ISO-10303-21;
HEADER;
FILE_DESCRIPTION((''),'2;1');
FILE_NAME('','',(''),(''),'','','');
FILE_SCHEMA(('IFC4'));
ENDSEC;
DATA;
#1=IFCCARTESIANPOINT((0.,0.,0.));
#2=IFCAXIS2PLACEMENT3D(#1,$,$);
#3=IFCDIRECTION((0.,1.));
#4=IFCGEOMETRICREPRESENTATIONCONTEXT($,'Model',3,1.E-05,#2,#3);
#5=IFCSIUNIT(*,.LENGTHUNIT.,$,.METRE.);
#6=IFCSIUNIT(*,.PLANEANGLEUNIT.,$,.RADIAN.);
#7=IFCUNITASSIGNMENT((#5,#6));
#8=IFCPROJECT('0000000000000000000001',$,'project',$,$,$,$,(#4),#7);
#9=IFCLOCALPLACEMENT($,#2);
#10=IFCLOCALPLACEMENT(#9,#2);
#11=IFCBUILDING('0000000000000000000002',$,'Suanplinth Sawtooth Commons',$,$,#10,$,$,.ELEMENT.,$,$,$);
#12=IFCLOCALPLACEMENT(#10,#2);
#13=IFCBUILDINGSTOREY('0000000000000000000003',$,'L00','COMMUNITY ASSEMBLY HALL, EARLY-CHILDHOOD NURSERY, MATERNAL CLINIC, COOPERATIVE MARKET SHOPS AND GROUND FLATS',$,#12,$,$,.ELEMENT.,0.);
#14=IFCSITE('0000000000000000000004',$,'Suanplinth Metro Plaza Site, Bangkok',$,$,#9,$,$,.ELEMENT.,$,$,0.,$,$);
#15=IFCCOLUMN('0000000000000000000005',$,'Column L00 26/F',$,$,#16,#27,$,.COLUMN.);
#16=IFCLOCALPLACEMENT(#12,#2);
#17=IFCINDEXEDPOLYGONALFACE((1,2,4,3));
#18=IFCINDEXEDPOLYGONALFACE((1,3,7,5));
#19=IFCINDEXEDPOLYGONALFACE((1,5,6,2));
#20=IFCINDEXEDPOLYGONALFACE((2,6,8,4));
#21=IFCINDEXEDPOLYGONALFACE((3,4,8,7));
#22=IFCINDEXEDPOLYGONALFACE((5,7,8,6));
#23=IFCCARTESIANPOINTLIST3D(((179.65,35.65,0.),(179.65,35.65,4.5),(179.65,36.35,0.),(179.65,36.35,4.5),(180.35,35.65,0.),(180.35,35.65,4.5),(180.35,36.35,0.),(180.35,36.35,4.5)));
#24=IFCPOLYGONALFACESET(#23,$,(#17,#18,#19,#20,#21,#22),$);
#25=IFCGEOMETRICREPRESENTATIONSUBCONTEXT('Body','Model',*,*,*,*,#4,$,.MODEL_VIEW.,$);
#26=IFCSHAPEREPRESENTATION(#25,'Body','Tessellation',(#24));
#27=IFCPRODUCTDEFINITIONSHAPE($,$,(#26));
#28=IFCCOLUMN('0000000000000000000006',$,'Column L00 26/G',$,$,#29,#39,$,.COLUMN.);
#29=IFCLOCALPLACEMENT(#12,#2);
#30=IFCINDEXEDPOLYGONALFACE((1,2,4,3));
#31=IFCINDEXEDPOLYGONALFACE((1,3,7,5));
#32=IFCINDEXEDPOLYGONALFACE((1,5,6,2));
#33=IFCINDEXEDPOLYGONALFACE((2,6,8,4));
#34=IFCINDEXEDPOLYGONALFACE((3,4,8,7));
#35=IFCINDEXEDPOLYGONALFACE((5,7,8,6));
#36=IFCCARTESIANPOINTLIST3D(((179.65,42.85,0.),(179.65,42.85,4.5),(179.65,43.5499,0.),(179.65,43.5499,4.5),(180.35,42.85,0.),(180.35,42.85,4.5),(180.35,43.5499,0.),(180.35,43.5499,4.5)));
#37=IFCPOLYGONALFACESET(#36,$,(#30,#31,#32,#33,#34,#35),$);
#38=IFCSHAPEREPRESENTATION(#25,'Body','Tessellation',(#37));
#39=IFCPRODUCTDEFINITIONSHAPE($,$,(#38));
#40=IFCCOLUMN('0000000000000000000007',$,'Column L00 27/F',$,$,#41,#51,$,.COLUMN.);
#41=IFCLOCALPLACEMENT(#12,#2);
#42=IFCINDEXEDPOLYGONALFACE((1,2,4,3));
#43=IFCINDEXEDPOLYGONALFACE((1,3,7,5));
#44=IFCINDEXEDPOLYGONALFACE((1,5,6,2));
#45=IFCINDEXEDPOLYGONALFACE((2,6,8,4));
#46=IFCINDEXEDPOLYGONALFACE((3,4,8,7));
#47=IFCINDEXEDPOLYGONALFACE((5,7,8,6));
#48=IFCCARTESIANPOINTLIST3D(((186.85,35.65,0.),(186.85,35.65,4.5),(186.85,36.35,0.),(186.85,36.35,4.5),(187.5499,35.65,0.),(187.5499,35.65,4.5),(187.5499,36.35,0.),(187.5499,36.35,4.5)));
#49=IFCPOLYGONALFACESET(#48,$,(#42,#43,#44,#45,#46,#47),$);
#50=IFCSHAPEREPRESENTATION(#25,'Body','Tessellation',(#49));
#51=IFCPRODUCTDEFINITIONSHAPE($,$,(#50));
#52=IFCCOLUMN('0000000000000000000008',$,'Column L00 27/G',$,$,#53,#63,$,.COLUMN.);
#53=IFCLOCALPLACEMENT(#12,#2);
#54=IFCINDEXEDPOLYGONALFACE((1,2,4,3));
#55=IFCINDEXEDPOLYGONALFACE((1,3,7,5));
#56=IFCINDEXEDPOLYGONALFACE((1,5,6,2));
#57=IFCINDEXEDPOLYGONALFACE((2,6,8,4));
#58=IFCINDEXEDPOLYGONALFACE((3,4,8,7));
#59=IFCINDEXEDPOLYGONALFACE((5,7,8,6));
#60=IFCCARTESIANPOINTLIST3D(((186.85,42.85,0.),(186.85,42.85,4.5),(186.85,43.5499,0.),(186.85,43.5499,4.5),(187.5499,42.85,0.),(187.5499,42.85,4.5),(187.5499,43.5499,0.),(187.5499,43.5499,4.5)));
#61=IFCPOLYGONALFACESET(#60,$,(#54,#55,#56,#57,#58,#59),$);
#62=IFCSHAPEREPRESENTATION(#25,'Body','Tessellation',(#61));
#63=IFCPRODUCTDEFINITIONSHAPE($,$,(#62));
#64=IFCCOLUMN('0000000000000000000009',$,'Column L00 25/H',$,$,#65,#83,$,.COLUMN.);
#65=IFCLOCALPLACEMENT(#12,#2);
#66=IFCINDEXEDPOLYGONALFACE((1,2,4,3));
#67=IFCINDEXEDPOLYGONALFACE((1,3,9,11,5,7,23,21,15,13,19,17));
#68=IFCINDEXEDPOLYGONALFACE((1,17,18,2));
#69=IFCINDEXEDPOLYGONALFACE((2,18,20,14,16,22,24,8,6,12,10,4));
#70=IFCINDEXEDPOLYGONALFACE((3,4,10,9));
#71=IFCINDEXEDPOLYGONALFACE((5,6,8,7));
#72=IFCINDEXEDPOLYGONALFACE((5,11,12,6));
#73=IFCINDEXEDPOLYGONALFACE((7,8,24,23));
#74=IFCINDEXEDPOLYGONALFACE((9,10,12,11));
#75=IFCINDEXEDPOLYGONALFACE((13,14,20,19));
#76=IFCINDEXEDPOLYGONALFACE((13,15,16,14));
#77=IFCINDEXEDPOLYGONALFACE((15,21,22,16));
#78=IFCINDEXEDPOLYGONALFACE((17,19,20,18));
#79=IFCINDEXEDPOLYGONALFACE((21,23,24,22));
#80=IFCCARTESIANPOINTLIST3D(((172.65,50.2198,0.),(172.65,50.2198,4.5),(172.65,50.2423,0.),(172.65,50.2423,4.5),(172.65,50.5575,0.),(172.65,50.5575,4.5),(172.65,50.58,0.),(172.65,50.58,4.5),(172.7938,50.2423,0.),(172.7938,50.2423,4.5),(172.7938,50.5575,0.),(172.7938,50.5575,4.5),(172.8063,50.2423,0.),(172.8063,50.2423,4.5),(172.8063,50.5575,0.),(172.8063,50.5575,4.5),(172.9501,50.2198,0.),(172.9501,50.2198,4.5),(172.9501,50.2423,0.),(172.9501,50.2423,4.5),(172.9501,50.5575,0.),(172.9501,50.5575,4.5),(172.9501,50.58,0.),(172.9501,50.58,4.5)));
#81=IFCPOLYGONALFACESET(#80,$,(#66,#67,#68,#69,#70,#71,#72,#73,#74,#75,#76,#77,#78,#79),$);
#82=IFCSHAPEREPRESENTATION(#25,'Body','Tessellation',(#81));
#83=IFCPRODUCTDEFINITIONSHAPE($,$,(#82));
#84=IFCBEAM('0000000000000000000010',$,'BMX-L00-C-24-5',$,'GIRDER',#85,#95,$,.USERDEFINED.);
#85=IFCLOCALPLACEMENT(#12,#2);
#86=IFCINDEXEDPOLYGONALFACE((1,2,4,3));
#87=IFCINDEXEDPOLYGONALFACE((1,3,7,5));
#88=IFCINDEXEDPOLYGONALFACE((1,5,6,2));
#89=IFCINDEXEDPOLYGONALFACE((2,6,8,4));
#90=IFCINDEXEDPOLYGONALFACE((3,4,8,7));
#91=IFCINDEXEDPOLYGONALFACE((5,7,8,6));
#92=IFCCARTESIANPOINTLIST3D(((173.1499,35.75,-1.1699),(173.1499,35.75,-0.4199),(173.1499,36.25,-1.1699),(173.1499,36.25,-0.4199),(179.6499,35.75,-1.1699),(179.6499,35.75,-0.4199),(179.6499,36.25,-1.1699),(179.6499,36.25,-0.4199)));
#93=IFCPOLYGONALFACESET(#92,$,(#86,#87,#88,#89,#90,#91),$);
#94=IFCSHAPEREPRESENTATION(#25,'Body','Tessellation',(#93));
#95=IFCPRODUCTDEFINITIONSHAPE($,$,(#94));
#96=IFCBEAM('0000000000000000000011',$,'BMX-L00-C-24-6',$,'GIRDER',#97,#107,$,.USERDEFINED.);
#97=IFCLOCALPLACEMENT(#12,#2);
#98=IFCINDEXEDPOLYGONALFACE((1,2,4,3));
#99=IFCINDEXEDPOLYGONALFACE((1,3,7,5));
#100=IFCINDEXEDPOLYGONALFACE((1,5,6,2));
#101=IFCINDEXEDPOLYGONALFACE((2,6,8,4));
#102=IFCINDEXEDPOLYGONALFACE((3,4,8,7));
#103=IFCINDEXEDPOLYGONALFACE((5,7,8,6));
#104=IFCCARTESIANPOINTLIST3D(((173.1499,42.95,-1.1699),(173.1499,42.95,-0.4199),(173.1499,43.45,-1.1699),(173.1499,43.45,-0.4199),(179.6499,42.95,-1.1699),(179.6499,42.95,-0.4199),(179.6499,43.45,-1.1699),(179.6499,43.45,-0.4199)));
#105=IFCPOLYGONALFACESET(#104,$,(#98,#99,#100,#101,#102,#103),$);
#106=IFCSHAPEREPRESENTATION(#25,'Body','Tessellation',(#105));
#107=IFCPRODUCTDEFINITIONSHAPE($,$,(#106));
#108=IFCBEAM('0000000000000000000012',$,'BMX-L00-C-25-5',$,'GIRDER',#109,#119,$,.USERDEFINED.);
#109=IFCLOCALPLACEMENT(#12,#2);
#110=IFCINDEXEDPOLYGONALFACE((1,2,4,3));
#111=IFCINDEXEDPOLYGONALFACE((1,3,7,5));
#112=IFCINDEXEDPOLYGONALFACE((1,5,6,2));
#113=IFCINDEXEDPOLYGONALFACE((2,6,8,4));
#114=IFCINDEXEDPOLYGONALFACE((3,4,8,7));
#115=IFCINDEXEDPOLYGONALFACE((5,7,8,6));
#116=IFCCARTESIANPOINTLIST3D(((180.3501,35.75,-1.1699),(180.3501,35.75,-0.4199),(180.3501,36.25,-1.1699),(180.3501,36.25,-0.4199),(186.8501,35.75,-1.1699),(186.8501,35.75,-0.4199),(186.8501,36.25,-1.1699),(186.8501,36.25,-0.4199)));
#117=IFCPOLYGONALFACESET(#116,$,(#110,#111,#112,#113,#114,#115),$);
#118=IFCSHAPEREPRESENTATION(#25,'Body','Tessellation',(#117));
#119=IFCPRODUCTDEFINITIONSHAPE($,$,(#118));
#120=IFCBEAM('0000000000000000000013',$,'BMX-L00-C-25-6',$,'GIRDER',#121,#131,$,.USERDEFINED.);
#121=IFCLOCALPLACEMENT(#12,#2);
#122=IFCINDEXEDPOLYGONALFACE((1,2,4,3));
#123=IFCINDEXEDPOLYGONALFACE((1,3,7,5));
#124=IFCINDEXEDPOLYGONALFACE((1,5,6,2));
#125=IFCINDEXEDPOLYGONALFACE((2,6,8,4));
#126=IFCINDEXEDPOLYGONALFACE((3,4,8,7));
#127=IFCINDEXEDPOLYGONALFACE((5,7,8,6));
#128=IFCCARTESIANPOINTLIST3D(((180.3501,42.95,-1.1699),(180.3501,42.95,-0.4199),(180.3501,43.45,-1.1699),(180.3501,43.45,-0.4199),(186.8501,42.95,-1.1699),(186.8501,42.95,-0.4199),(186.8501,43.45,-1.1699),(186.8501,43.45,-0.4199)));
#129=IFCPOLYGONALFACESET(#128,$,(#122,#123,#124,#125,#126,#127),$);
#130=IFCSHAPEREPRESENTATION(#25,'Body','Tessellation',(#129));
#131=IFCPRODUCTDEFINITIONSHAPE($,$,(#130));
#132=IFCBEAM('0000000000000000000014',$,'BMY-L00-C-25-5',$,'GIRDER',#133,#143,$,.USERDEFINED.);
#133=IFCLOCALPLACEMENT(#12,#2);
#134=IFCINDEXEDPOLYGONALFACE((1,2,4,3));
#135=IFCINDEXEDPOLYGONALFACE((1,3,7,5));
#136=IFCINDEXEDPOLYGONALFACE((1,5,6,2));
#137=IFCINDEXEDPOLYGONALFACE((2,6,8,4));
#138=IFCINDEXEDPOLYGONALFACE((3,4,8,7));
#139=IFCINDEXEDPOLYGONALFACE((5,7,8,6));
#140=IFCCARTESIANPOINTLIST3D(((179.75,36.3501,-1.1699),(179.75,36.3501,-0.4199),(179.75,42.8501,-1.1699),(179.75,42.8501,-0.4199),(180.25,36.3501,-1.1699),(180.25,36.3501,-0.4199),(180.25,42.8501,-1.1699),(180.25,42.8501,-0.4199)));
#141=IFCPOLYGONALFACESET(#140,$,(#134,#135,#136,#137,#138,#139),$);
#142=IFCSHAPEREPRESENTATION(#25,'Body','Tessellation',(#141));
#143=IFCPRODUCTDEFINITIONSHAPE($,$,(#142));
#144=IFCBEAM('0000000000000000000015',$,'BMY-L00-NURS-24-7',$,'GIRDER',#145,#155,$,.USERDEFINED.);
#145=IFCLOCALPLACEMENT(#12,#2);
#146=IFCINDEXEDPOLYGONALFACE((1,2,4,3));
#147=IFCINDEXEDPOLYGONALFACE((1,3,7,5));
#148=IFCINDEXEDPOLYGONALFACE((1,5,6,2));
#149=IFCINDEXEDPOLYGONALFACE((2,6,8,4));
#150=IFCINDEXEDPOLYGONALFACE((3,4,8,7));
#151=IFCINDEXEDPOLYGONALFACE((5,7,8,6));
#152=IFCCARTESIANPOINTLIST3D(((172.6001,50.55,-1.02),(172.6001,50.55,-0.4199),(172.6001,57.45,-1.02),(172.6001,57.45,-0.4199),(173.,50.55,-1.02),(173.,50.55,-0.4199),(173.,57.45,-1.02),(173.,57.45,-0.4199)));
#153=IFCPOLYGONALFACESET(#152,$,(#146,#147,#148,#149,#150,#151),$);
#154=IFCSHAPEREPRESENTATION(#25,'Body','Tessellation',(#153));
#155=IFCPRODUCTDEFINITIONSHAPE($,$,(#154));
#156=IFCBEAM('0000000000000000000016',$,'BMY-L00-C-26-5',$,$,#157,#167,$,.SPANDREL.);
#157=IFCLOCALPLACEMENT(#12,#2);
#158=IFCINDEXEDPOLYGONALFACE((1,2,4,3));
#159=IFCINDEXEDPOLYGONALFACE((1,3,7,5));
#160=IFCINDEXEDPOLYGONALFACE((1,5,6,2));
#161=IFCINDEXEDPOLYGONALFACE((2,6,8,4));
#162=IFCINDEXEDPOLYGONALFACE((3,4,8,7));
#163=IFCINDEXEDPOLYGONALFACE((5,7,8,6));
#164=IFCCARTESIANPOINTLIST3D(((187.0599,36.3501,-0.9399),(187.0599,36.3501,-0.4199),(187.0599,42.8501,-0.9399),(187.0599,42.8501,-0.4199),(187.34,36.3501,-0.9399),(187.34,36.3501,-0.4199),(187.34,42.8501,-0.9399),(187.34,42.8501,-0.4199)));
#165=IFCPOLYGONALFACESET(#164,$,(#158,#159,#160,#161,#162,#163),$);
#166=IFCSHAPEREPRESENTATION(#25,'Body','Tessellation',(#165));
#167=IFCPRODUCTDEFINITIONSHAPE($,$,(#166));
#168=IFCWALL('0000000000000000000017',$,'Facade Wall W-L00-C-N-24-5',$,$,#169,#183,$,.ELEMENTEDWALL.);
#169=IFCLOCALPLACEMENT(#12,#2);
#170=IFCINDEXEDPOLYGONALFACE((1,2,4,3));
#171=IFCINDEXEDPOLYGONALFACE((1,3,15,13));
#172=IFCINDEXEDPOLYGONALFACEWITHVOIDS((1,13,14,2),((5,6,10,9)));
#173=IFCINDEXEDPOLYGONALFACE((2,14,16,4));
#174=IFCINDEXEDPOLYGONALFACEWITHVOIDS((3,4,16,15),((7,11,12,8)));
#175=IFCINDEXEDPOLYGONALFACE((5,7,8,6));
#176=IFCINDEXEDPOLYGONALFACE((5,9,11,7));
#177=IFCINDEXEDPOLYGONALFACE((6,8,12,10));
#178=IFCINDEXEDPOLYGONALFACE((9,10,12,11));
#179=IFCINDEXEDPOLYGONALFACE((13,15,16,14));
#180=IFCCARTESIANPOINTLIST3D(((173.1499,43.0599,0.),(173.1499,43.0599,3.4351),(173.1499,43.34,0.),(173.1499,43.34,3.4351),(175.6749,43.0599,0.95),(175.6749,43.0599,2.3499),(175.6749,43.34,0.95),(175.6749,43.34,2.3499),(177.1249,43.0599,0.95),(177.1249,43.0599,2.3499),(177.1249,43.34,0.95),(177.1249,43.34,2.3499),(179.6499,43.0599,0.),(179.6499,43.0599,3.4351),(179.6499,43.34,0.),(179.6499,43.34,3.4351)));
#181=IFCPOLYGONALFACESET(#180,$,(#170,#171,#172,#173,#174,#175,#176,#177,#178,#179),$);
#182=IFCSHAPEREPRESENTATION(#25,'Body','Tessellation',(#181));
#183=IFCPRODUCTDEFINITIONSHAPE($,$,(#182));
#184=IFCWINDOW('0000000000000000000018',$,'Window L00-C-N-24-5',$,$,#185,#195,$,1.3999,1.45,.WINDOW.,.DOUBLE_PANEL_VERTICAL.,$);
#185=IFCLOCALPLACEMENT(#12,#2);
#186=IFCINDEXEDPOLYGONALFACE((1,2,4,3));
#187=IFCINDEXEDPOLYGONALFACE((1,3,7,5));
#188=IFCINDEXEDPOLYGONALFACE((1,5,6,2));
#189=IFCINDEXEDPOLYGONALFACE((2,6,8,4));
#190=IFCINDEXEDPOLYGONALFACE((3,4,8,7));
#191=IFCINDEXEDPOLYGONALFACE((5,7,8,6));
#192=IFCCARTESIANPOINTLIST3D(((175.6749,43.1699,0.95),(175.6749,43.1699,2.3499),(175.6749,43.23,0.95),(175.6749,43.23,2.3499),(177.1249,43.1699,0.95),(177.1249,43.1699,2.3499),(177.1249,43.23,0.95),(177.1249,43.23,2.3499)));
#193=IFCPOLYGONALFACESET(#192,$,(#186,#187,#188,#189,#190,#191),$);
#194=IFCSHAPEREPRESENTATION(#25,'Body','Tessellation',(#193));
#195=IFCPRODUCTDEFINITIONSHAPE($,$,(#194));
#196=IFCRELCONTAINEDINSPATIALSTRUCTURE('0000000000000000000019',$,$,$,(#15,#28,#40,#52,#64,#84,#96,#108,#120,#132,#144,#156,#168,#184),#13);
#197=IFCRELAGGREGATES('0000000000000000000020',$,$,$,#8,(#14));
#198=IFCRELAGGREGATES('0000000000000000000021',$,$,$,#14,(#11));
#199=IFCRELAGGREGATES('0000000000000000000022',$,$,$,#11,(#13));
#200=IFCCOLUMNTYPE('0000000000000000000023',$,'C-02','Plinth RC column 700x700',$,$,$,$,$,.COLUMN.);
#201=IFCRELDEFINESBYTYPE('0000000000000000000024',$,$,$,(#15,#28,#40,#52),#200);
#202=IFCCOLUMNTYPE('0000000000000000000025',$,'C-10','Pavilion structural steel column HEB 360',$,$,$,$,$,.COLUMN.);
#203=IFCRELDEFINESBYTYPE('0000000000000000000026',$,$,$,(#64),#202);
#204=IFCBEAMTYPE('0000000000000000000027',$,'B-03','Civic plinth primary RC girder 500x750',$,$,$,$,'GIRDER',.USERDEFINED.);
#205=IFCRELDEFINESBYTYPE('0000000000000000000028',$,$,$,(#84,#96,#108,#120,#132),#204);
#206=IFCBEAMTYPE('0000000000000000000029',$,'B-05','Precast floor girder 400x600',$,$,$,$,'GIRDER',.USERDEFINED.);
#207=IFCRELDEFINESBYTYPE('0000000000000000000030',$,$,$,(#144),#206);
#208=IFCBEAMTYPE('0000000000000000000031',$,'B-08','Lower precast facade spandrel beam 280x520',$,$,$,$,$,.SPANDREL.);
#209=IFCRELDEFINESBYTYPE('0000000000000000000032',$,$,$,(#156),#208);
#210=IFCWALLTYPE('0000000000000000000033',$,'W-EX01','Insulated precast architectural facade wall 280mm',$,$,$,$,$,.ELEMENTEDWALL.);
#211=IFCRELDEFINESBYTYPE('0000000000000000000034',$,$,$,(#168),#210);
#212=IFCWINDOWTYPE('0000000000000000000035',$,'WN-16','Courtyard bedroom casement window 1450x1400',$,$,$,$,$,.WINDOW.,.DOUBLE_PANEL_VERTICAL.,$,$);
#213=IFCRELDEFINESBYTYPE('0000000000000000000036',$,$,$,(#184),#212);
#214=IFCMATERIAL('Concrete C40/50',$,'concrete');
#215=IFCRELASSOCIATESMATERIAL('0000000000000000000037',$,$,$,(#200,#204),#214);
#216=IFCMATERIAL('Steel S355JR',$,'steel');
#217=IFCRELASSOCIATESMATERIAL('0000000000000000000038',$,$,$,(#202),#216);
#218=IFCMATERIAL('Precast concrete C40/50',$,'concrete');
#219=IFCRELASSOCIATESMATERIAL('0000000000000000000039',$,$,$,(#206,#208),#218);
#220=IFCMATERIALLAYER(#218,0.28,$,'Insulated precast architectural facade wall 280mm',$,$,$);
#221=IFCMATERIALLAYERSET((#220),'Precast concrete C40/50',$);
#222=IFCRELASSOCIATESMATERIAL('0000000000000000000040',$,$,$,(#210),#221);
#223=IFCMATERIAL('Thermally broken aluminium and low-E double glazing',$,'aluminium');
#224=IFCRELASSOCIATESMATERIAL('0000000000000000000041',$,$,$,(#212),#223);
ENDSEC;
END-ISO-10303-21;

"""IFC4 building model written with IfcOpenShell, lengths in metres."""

from ifc_helpers import new_model, si_unit, direction, frame, frame_2d, origin, origin_2d, place, context, subcontext, project, spatial, rectangle, i_section, extrude, material, layer, layer_set, material_profile, profile_set, type_object, element, fill, save


model = new_model("IFC4")

# Units and contexts
model_context = context("Model", 3, precision=1e-05, world=origin(), true_north=direction((0.0, 1.0)))
body_context = subcontext(model_context, "Body", "Model", "MODEL_VIEW")
ifc_project = project(units=[si_unit("LENGTHUNIT", "METRE"), si_unit("PLANEANGLEUNIT", "RADIAN")], contexts=[model_context])

# Site, building, storey
site_placement = place(None, origin())
site = spatial("IfcSite", under=ifc_project, at=site_placement, Name="Suanplinth Metro Plaza Site, Bangkok", CompositionType="ELEMENT", RefElevation=0.0)
building_placement = place(site_placement, origin())
building = spatial("IfcBuilding", under=site, at=building_placement, Name="Suanplinth Sawtooth Commons", CompositionType="ELEMENT")
storey_placement = place(building_placement, origin())
storey = spatial("IfcBuildingStorey", under=building, at=storey_placement, Name="L00", Description="COMMUNITY ASSEMBLY HALL, EARLY-CHILDHOOD NURSERY, MATERNAL CLINIC, COOPERATIVE MARKET SHOPS AND GROUND FLATS", CompositionType="ELEMENT", Elevation=0.0)

# Columns
ifc_material_1 = material(Name="Concrete C40/50", Category="concrete")
ifc_material_profile_1 = material_profile(ifc_material_1, rectangle(XDim=0.7, YDim=0.7, at=origin_2d()), Name="RC-COL 700x700")
ifc_profile_set_1 = profile_set([ifc_material_profile_1], Name="Concrete C40/50")
column_type_1 = type_object("IfcColumnType", Name="C-02", Description="Plinth RC column 700x700", PredefinedType="COLUMN", material=ifc_profile_set_1)
for number, where, z_axis, x_axis, name in (
    (1, (180.0, 36.0, 0.0), (0.0, 0.0, 1.0), (1.0, 0.0, 0.0), "Column L00 26/F"),
    (2, (180.0, 43.2, 0.0), (0.0, 0.0, 1.0), (1.0, 0.0, 0.0), "Column L00 26/G"),
    (3, (187.2, 36.0, 0.0), (0.0, 0.0, 1.0), (1.0, 0.0, 0.0), "Column L00 27/F"),
    (4, (187.2, 43.2, 0.0), (0.0, 0.0, 1.0), (1.0, 0.0, 0.0), "Column L00 27/G"),
):
    element("IfcColumn", number, at=place(storey_placement, frame(where, z_axis=z_axis, x_axis=x_axis)), inside=storey, type_object=column_type_1, Name=name, PredefinedType="COLUMN", context=body_context, shape_type="SweptSolid", body=[
        extrude(rectangle(XDim=0.7, YDim=0.7, at=origin_2d()), origin(), (0.0, 0.0, 1.0), 4.5),
    ])
ifc_material_2 = material(Name="Steel S355JR", Category="steel")
ifc_material_profile_2 = material_profile(ifc_material_2, i_section(OverallWidth=0.3, OverallDepth=0.3601, WebThickness=0.0125, FlangeThickness=0.0225, at=origin_2d()), Name="HEB 360")
ifc_profile_set_2 = profile_set([ifc_material_profile_2], Name="Steel S355JR")
column_type_2 = type_object("IfcColumnType", Name="C-10", Description="Pavilion structural steel column HEB 360", PredefinedType="COLUMN", material=ifc_profile_set_2)
column_placement = place(storey_placement, frame((172.8, 50.3999, 0.0), z_axis=(0.0, 0.0, 1.0), x_axis=(1.0, 0.0, 0.0)))
element("IfcColumn", 5, at=column_placement, inside=storey, type_object=column_type_2, Name="Column L00 25/H", PredefinedType="COLUMN", context=body_context, shape_type="SweptSolid", body=[
    extrude(i_section(OverallWidth=0.3, OverallDepth=0.3601, WebThickness=0.0125, FlangeThickness=0.0225, at=origin_2d()), origin(), (0.0, 0.0, 1.0), 4.5),
])

# Beams
ifc_material_profile_3 = material_profile(ifc_material_1, rectangle(XDim=0.5, YDim=0.75, at=origin_2d()), Name="RC-GDR 500x750")
ifc_profile_set_3 = profile_set([ifc_material_profile_3], Name="Concrete C40/50")
beam_type_1 = type_object("IfcBeamType", Name="B-03", Description="Civic plinth primary RC girder 500x750", ElementType="GIRDER", PredefinedType="USERDEFINED", material=ifc_profile_set_3)
for number, where, z_axis, x_axis, name in (
    (6, (173.1499, 36.0, -0.7949), (1.0, 0.0, 0.0), (0.0, 1.0, 0.0), "BMX-L00-C-24-5"),
    (7, (173.1499, 43.2, -0.7949), (1.0, 0.0, 0.0), (0.0, 1.0, 0.0), "BMX-L00-C-24-6"),
    (8, (180.3501, 36.0, -0.7949), (1.0, 0.0, 0.0), (0.0, 1.0, 0.0), "BMX-L00-C-25-5"),
    (9, (180.3501, 43.2, -0.7949), (1.0, 0.0, 0.0), (0.0, 1.0, 0.0), "BMX-L00-C-25-6"),
    (10, (180.0, 36.3501, -0.7949), (0.0, 1.0, 0.0), (-1.0, 0.0, 0.0), "BMY-L00-C-25-5"),
):
    element("IfcBeam", number, at=place(storey_placement, frame(where, z_axis=z_axis, x_axis=x_axis)), inside=storey, type_object=beam_type_1, Name=name, ObjectType="GIRDER", PredefinedType="USERDEFINED", context=body_context, shape_type="SweptSolid", body=[
        extrude(rectangle(XDim=0.5, YDim=0.75, at=origin_2d()), origin(), (0.0, 0.0, 1.0), 6.5),
    ])
ifc_material_3 = material(Name="Precast concrete C40/50", Category="concrete")
ifc_material_profile_4 = material_profile(ifc_material_3, rectangle(XDim=0.3999, YDim=0.6001, at=origin_2d()), Name="PC-GDR 400x600")
ifc_profile_set_4 = profile_set([ifc_material_profile_4], Name="Precast concrete C40/50")
beam_type_2 = type_object("IfcBeamType", Name="B-05", Description="Precast floor girder 400x600", ElementType="GIRDER", PredefinedType="USERDEFINED", material=ifc_profile_set_4)
beam_1_placement = place(storey_placement, frame((172.8, 50.55, -0.72), z_axis=(0.0, 1.0, 0.0), x_axis=(-1.0, 0.0, 0.0)))
element("IfcBeam", 11, at=beam_1_placement, inside=storey, type_object=beam_type_2, Name="BMY-L00-NURS-24-7", ObjectType="GIRDER", PredefinedType="USERDEFINED", context=body_context, shape_type="SweptSolid", body=[
    extrude(rectangle(XDim=0.3999, YDim=0.6001, at=origin_2d()), origin(), (0.0, 0.0, 1.0), 6.8999),
])
ifc_material_profile_5 = material_profile(ifc_material_3, rectangle(XDim=0.28, YDim=0.52, at=origin_2d()), Name="PC-SP 280x520")
ifc_profile_set_5 = profile_set([ifc_material_profile_5], Name="Precast concrete C40/50")
beam_type_3 = type_object("IfcBeamType", Name="B-08", Description="Lower precast facade spandrel beam 280x520", PredefinedType="SPANDREL", material=ifc_profile_set_5)
beam_2_placement = place(storey_placement, frame((187.2, 36.3501, -0.6799), z_axis=(0.0, 1.0, 0.0), x_axis=(-1.0, 0.0, 0.0)))
element("IfcBeam", 12, at=beam_2_placement, inside=storey, type_object=beam_type_3, Name="BMY-L00-C-26-5", PredefinedType="SPANDREL", context=body_context, shape_type="SweptSolid", body=[
    extrude(rectangle(XDim=0.28, YDim=0.52, at=origin_2d()), origin(), (0.0, 0.0, 1.0), 6.5),
])

# Wall, opening, window
ifc_layer_1 = layer(ifc_material_3, 0.28, Name="Insulated precast architectural facade wall 280mm")
ifc_layer_set_1 = layer_set([ifc_layer_1], Name="Precast concrete C40/50")
wall_type_1 = type_object("IfcWallType", Name="W-EX01", Description="Insulated precast architectural facade wall 280mm", PredefinedType="ELEMENTEDWALL", material=ifc_layer_set_1)
wall_1_placement = place(storey_placement, frame((173.1499, 43.2, 0.0), z_axis=(0.0, 0.0, 1.0), x_axis=(1.0, 0.0, 0.0)))
wall_1 = element("IfcWall", 13, at=wall_1_placement, inside=storey, type_object=wall_type_1, Name="Facade Wall W-L00-C-N-24-5", PredefinedType="ELEMENTEDWALL", context=body_context, shape_type="SweptSolid", body=[
    extrude(rectangle(XDim=6.5, YDim=0.28, at=frame_2d((3.25, 0.0))), origin(), (0.0, 0.0, 1.0), 3.4351),
])
opening_1_placement = place(wall_1_placement, frame((2.5249, 0.0, 0.95)))
opening_1 = element("IfcOpeningElement", 14, at=opening_1_placement, cuts=wall_1, PredefinedType="OPENING", context=body_context, shape_type="SweptSolid", body=[
    extrude(rectangle(XDim=1.45, YDim=1.3999, at=frame_2d((0.7251, 0.7))), frame((0.0, 0.1548, 0.0), z_axis=(0.0, -1.0, 0.0), x_axis=(1.0, 0.0, 0.0)), (0.0, 0.0, 1.0), 0.3098),
])
ifc_material_4 = material(Name="Thermally broken aluminium and low-E double glazing", Category="aluminium")
window_type_1 = type_object("IfcWindowType", Name="WN-16", Description="Courtyard bedroom casement window 1450x1400", PartitioningType="DOUBLE_PANEL_VERTICAL", PredefinedType="WINDOW", material=ifc_material_4)
window_1_placement = place(opening_1_placement, origin())
window_1 = element("IfcWindow", 15, at=window_1_placement, inside=storey, type_object=window_type_1, Name="Window L00-C-N-24-5", OverallHeight=1.3999, OverallWidth=1.45, PartitioningType="DOUBLE_PANEL_VERTICAL", PredefinedType="WINDOW", context=body_context, shape_type="SweptSolid", body=[
    extrude(rectangle(XDim=1.45, YDim=1.3999, at=frame_2d((0.7251, 0.7))), frame((0.0, 0.03, 0.0), z_axis=(0.0, -1.0, 0.0), x_axis=(1.0, 0.0, 0.0)), (0.0, 0.0, 1.0), 0.0601),
])
fill(opening_1, window_1)

save(model, "model.ifc")
